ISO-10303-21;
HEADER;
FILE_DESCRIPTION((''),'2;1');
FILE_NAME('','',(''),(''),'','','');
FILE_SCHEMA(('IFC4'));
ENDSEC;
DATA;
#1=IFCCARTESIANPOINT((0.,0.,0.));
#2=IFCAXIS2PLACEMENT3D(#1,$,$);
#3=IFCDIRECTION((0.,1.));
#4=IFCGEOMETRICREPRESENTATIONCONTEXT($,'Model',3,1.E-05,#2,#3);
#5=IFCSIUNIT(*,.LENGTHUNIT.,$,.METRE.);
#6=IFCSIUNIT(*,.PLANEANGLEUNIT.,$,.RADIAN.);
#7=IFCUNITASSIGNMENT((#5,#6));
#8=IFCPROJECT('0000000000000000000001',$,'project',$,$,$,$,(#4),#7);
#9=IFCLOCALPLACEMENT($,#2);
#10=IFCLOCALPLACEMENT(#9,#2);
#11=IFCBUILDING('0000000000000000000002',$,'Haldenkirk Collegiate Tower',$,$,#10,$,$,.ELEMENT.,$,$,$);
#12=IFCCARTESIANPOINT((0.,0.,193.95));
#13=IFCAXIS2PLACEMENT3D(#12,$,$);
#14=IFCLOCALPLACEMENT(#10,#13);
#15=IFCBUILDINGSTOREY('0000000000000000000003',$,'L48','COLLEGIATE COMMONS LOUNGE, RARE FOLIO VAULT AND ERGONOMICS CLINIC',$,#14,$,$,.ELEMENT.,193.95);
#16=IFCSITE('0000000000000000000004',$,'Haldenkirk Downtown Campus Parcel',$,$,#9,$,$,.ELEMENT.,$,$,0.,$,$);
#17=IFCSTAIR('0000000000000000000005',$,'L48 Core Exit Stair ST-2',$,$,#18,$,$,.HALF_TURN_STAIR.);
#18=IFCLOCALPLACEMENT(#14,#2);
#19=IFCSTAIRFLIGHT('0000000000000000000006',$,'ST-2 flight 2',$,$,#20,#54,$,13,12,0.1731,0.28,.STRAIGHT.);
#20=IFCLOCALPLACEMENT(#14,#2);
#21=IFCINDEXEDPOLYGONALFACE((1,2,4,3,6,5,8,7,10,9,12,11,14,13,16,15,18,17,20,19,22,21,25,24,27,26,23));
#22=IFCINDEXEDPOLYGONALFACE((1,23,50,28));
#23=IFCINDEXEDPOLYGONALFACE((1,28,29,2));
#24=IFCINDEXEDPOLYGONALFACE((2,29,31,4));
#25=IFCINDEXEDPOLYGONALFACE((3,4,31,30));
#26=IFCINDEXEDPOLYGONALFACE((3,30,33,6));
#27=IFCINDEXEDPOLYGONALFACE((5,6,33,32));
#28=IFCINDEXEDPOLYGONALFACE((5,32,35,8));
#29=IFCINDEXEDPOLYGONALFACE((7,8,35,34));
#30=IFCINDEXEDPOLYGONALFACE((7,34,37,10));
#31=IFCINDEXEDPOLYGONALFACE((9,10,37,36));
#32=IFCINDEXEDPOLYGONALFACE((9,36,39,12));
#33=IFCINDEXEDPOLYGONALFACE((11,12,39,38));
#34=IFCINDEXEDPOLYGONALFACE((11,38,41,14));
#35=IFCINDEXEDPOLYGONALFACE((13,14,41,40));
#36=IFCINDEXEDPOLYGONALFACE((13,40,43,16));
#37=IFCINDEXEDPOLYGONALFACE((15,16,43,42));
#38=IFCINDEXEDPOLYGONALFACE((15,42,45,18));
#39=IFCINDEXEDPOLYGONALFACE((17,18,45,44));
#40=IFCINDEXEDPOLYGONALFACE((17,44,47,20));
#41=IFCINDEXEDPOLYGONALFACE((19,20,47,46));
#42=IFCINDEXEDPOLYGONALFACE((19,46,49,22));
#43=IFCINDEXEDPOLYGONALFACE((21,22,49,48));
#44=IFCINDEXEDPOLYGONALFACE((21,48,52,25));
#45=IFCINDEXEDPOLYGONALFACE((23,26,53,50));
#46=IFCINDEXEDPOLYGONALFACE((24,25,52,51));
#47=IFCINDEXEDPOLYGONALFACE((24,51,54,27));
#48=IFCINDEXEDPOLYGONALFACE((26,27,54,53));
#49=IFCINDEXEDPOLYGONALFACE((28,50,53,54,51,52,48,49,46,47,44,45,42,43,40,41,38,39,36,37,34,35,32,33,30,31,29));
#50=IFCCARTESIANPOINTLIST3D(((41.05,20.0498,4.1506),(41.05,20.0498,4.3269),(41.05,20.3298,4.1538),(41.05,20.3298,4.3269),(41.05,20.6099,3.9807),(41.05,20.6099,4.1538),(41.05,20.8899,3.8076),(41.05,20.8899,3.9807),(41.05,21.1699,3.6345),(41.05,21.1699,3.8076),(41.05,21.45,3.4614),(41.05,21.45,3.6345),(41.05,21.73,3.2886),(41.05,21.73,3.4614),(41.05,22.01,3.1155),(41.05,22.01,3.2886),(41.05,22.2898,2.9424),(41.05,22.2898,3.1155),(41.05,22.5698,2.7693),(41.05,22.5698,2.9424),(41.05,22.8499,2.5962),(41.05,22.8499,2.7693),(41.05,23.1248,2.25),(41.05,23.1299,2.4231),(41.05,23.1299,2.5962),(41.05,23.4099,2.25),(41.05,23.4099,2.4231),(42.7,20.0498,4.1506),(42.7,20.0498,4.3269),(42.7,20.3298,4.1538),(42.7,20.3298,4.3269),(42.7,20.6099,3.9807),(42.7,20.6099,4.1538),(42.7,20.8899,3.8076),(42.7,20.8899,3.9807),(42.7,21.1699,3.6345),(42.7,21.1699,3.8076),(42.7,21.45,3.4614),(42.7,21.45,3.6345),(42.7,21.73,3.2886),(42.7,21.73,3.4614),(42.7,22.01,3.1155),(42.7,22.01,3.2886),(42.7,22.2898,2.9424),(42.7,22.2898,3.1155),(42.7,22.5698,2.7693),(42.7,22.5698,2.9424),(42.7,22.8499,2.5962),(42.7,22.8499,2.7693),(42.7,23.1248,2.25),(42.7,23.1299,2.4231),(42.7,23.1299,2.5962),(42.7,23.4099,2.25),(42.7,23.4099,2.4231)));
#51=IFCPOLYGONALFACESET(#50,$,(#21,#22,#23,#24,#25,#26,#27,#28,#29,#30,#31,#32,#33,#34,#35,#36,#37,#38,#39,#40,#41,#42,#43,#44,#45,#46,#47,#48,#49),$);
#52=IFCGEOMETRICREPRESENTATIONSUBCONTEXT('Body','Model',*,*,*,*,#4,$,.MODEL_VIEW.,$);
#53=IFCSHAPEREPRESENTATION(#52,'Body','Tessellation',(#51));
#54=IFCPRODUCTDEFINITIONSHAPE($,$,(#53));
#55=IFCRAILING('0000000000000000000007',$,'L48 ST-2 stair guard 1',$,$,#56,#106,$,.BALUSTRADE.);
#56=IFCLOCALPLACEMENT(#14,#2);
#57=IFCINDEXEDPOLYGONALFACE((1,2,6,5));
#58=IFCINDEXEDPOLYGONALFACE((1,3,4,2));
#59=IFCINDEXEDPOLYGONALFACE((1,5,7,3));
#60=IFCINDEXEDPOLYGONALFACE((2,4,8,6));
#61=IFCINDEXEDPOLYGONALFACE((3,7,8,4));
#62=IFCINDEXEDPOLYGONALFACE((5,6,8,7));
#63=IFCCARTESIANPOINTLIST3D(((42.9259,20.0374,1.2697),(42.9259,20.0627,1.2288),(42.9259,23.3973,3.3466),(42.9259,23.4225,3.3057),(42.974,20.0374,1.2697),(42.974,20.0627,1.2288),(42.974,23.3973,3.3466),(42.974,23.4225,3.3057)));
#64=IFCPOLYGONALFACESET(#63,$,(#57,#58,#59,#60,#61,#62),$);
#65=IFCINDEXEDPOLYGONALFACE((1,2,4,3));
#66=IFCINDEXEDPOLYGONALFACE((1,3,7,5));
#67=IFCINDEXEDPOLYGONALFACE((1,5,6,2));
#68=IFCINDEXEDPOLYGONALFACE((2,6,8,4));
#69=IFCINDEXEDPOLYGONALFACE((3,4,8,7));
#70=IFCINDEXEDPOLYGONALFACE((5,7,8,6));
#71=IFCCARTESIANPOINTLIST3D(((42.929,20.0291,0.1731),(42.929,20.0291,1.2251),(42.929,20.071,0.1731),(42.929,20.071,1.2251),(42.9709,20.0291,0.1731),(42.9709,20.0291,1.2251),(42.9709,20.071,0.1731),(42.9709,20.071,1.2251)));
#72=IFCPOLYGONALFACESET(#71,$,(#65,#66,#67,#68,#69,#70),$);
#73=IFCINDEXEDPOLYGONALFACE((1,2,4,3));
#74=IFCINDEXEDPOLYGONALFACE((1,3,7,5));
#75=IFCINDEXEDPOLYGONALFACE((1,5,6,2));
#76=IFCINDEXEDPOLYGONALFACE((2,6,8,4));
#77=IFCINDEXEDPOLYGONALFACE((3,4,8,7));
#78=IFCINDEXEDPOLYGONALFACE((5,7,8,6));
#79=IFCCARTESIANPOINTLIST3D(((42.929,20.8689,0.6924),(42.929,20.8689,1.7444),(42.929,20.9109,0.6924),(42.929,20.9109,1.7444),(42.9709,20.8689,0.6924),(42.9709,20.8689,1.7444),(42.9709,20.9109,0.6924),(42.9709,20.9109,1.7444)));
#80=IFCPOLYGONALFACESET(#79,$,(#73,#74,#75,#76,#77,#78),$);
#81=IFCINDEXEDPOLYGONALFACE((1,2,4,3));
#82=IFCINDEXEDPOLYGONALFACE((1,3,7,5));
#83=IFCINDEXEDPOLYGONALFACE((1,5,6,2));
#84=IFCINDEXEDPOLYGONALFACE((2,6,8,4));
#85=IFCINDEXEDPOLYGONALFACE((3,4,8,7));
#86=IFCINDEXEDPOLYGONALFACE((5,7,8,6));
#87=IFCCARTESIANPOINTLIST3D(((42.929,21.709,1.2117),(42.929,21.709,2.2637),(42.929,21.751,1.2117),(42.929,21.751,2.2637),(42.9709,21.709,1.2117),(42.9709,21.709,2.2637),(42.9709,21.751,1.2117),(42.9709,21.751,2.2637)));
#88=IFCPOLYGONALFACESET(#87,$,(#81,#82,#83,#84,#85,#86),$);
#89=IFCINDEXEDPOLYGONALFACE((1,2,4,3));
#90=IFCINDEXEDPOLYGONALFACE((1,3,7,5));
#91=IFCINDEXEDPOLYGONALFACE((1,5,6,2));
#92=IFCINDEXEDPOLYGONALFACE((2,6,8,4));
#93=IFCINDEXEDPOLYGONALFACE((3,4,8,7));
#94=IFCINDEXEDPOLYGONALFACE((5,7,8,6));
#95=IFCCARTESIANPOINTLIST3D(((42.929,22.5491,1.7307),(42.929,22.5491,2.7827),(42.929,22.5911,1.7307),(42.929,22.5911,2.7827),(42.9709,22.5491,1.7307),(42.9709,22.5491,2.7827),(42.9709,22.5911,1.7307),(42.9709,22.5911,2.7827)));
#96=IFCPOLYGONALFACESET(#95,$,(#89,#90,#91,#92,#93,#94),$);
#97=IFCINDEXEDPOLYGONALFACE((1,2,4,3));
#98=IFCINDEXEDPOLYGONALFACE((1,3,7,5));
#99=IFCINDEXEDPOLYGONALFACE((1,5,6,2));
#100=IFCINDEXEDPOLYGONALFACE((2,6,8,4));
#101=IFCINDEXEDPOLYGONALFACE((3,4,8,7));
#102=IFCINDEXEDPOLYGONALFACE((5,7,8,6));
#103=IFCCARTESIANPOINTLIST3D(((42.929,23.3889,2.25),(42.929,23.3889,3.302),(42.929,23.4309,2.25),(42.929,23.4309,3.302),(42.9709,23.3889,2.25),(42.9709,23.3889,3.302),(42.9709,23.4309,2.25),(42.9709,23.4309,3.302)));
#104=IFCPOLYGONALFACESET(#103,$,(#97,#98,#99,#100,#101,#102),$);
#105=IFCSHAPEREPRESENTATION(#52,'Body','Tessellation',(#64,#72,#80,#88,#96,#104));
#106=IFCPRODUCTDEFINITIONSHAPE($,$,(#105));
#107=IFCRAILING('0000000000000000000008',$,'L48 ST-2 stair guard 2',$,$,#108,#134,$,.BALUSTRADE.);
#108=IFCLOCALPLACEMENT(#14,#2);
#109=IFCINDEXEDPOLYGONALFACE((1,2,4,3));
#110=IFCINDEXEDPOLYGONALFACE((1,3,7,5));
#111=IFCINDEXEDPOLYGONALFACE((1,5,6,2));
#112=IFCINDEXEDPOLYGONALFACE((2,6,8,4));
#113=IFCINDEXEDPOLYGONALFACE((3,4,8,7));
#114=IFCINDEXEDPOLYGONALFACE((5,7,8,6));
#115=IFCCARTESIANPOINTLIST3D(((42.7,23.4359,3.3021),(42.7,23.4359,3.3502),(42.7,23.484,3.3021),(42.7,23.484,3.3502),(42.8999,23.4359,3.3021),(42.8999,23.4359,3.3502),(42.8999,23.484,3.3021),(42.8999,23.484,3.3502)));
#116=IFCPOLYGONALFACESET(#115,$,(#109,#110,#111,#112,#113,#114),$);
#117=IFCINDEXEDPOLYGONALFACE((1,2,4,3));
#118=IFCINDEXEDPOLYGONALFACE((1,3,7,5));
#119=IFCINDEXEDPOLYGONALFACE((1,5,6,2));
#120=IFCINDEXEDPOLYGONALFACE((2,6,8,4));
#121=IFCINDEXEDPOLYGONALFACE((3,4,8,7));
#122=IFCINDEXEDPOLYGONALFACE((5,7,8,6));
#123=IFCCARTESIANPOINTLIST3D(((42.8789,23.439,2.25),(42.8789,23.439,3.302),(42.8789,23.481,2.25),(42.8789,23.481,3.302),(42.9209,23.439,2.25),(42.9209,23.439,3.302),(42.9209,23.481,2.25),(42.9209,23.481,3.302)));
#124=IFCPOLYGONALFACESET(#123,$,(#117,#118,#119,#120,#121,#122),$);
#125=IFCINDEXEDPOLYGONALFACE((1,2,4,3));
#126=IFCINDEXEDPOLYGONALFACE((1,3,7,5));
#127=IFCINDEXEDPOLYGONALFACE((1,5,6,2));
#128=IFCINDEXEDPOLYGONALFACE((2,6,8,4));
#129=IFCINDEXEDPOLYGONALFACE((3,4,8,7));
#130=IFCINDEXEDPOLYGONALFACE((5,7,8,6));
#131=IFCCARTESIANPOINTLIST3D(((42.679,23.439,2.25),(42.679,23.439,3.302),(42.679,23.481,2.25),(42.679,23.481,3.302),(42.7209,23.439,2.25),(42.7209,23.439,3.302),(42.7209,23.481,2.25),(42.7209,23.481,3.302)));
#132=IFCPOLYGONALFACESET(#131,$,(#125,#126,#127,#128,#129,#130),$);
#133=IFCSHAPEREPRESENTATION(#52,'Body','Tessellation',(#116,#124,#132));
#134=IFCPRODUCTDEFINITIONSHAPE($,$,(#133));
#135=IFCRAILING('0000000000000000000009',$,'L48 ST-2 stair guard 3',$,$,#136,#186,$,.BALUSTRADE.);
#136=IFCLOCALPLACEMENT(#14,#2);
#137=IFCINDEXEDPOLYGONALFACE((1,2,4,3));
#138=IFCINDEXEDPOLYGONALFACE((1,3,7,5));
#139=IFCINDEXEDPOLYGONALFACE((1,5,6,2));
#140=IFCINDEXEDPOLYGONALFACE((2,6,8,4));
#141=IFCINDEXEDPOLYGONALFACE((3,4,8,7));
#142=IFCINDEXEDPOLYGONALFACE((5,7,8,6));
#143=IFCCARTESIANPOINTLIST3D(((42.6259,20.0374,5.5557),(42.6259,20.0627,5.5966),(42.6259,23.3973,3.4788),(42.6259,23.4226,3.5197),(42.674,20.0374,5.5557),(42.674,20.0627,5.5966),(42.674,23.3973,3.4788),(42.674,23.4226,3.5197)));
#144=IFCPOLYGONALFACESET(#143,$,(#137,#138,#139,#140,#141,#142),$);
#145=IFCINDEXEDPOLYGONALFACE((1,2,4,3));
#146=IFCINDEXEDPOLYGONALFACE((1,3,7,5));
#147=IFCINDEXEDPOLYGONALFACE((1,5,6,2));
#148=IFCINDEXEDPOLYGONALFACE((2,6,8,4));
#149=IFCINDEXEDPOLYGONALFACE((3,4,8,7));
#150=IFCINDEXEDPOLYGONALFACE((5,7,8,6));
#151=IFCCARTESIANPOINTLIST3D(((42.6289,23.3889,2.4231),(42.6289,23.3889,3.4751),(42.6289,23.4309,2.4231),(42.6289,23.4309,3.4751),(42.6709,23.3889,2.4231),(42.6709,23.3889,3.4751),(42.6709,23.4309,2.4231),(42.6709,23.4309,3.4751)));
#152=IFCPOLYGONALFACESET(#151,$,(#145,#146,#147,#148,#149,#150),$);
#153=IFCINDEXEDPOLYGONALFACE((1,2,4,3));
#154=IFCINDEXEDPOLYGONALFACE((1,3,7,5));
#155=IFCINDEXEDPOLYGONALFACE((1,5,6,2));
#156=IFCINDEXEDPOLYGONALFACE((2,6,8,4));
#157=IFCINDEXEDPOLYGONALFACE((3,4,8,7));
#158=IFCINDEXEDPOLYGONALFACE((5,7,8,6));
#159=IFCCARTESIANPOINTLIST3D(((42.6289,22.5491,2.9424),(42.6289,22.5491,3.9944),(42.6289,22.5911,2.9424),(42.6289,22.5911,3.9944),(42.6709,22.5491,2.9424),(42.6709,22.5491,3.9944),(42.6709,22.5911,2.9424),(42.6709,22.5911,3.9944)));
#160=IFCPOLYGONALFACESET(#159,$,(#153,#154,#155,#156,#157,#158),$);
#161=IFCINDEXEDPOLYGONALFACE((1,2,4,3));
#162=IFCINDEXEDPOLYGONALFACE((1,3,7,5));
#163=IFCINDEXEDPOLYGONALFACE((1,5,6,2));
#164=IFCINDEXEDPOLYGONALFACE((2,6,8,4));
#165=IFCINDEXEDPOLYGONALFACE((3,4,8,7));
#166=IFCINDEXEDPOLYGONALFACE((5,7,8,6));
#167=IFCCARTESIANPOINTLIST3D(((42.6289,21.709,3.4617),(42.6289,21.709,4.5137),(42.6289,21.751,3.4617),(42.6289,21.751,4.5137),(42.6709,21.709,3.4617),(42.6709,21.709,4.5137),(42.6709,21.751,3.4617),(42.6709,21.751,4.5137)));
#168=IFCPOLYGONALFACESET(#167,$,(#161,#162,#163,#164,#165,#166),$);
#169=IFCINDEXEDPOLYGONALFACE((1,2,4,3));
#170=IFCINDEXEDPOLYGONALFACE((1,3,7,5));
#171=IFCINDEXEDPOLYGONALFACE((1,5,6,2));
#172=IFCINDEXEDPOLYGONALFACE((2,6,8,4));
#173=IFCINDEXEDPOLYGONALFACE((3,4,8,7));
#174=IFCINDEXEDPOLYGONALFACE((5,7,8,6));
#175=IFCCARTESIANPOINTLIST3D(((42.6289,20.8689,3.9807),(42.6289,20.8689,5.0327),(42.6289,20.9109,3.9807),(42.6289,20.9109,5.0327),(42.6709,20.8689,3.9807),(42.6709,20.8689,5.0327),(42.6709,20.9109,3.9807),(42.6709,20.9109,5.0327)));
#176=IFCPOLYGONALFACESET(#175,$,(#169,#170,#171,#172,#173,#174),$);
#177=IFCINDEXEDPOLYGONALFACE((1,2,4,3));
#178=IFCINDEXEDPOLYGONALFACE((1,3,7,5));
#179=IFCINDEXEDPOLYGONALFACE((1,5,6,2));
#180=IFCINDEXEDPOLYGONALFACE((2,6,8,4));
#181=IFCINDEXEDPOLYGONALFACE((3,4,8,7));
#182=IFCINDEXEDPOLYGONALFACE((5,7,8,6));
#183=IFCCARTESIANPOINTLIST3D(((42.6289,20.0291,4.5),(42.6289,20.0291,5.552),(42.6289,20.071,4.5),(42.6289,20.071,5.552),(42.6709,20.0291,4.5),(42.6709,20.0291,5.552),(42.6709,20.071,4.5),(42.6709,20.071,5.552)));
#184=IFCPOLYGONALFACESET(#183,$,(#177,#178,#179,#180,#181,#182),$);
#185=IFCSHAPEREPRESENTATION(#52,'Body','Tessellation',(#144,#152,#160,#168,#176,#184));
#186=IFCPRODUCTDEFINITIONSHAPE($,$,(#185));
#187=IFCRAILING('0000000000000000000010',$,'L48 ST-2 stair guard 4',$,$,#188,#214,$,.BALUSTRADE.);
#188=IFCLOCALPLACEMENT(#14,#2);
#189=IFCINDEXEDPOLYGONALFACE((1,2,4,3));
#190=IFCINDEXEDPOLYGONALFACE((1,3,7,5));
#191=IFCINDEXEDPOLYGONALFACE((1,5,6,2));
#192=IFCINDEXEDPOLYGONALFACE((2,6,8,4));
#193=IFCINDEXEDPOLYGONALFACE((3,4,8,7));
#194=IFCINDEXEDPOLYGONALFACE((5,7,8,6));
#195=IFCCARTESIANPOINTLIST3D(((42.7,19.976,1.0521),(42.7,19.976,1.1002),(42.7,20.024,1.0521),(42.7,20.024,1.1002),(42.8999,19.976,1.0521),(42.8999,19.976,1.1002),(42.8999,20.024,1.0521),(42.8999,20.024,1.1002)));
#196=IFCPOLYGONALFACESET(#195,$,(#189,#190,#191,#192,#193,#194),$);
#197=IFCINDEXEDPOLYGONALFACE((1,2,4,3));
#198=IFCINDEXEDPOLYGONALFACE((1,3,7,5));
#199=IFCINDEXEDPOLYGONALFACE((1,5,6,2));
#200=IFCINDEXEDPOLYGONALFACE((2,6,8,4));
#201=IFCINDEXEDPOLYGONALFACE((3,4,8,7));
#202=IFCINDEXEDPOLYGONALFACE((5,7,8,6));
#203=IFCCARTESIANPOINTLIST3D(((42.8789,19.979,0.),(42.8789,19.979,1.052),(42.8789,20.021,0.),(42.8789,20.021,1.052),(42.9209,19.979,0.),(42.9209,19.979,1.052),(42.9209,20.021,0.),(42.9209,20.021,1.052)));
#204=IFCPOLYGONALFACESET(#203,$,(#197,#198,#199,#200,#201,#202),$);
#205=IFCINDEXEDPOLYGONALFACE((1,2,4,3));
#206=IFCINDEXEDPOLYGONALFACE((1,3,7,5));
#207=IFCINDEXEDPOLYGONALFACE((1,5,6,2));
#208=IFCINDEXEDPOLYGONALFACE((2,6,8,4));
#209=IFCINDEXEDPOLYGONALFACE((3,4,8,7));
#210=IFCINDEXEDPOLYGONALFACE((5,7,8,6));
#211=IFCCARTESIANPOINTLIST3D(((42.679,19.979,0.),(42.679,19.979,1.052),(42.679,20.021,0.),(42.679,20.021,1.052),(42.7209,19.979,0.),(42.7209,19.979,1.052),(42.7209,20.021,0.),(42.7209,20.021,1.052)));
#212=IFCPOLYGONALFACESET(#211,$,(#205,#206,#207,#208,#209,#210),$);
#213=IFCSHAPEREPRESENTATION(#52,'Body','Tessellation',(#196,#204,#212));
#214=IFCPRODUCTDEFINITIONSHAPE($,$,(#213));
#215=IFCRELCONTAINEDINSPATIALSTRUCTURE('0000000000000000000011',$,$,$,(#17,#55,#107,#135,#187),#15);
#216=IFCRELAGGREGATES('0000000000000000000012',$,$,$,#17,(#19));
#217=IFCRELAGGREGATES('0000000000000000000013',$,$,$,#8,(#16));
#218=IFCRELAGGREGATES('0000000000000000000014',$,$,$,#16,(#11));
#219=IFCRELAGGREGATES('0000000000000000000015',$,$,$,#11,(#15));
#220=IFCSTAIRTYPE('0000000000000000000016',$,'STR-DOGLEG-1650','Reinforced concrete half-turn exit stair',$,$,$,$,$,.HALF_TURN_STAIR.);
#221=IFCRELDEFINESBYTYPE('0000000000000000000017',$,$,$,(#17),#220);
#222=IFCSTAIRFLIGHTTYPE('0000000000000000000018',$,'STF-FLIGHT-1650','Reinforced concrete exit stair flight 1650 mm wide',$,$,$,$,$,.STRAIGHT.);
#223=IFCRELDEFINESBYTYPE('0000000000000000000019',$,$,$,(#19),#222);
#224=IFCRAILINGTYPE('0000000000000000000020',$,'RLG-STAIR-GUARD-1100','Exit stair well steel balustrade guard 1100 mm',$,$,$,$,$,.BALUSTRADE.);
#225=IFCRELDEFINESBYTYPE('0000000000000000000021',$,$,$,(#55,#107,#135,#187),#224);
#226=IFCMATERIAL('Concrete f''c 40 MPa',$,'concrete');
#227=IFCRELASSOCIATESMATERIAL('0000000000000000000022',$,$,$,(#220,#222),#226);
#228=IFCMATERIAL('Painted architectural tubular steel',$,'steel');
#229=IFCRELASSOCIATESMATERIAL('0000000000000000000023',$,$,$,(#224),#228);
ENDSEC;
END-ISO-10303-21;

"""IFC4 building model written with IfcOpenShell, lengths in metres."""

from ifc_helpers import new_model, si_unit, direction, frame, origin, origin_2d, place, context, subcontext, project, spatial, polyline, rectangle, outline, extrude, material, type_object, element, aggregate, save


model = new_model("IFC4")

# Units and contexts
model_context = context("Model", 3, precision=1e-05, world=origin(), true_north=direction((0.0, 1.0)))
body_context = subcontext(model_context, "Body", "Model", "MODEL_VIEW")
ifc_project = project(units=[si_unit("LENGTHUNIT", "METRE"), si_unit("PLANEANGLEUNIT", "RADIAN")], contexts=[model_context])

# Site, building, storey
site_placement = place(None, origin())
site = spatial("IfcSite", under=ifc_project, at=site_placement, Name="Haldenkirk Downtown Campus Parcel", CompositionType="ELEMENT", RefElevation=0.0)
building_placement = place(site_placement, origin())
building = spatial("IfcBuilding", under=site, at=building_placement, Name="Haldenkirk Collegiate Tower", CompositionType="ELEMENT")
storey_placement = place(building_placement, frame((0.0, 0.0, 193.95)))
storey = spatial("IfcBuildingStorey", under=building, at=storey_placement, Name="L48", Description="COLLEGIATE COMMONS LOUNGE, RARE FOLIO VAULT AND ERGONOMICS CLINIC", CompositionType="ELEMENT", Elevation=193.95)

# Stair, stair flight
ifc_material_1 = material(Name="Concrete f'c 40 MPa", Category="concrete")
stair_type = type_object("IfcStairType", Name="STR-DOGLEG-1650", Description="Reinforced concrete half-turn exit stair", PredefinedType="HALF_TURN_STAIR", material=ifc_material_1)
stair_placement = place(storey_placement, origin())
stair = element("IfcStair", 1, at=stair_placement, inside=storey, type_object=stair_type, Name="L48 Core Exit Stair ST-2", PredefinedType="HALF_TURN_STAIR")
stair_flight_type = type_object("IfcStairFlightType", Name="STF-FLIGHT-1650", Description="Reinforced concrete exit stair flight 1650 mm wide", PredefinedType="STRAIGHT", material=ifc_material_1)
stair_flight_1_placement = place(storey_placement, frame((41.875, 23.4099, 2.25), z_axis=(0.0, 0.0, 1.0), x_axis=(0.0, -1.0, 0.0)))
stair_flight_1 = element("IfcStairFlight", 2, at=stair_flight_1_placement, type_object=stair_flight_type, Name="ST-2 flight 2", NumberOfRisers=13, NumberOfTreads=12, PredefinedType="STRAIGHT", RiserHeight=0.1731, TreadLength=0.28, context=body_context, shape_type="SweptSolid", body=[
    extrude(outline(polyline([(0.0, 0.0), (0.0, 0.1731), (0.28, 0.1731), (0.28, 0.3462), (0.5601, 0.3462), (0.5601, 0.5193), (0.8401, 0.5193), (0.8401, 0.6924), (1.1201, 0.6924), (1.1201, 0.8655), (1.3999, 0.8655), (1.3999, 1.0386), (1.6799, 1.0386), (1.6799, 1.2114), (1.96, 1.2114), (1.96, 1.3845), (2.24, 1.3845), (2.24, 1.5576), (2.52, 1.5576), (2.52, 1.7307), (2.8, 1.7307), (2.8, 1.9038), (3.0801, 1.9038), (3.0801, 2.0769), (3.3601, 2.0769), (3.3601, 2.25), (3.3601, 1.9006), (0.2852, 0.0), (0.0, 0.0)])), frame((0.0, 0.825, 0.0), z_axis=(0.0, -1.0, 0.0), x_axis=(1.0, 0.0, 0.0)), (0.0, 0.0, 1.0), 1.6499),
])
aggregate(stair, [stair_flight_1])

# Railings
ifc_material_2 = material(Name="Painted architectural tubular steel", Category="steel")
railing_type_1 = type_object("IfcRailingType", Name="RLG-STAIR-GUARD-1100", Description="Exit stair well steel balustrade guard 1100 mm", PredefinedType="BALUSTRADE", material=ifc_material_2)
railing_1_placement = place(storey_placement, frame((42.95, 20.05, 0.1731)))
element("IfcRailing", 3, at=railing_1_placement, inside=storey, type_object=railing_type_1, Name="L48 ST-2 stair guard 1", PredefinedType="BALUSTRADE", context=body_context, shape_type="SweptSolid", body=[
    extrude(rectangle(XDim=0.0481, YDim=0.0481, at=origin_2d()), frame((0.0, 0.0, 1.0762), z_axis=(0.0, 0.850606, 0.525803), x_axis=(-1.0, 0.0, 0.0)), (0.0, 0.0, 1.0), 3.95),
    extrude(rectangle(XDim=0.042, YDim=0.042, at=origin_2d()), origin(), (0.0, 0.0, 1.0), 1.052),
    extrude(rectangle(XDim=0.042, YDim=0.042, at=origin_2d()), frame((0.0, 0.8398, 0.5193)), (0.0, 0.0, 1.0), 1.052),
    extrude(rectangle(XDim=0.042, YDim=0.042, at=origin_2d()), frame((0.0, 1.6799, 1.0386)), (0.0, 0.0, 1.0), 1.052),
    extrude(rectangle(XDim=0.042, YDim=0.042, at=origin_2d()), frame((0.0, 2.52, 1.5576)), (0.0, 0.0, 1.0), 1.052),
    extrude(rectangle(XDim=0.042, YDim=0.042, at=origin_2d()), frame((0.0, 3.3599, 2.0769)), (0.0, 0.0, 1.0), 1.052),
])
railing_2_placement = place(storey_placement, frame((42.8999, 23.46, 2.25)))
element("IfcRailing", 4, at=railing_2_placement, inside=storey, type_object=railing_type_1, Name="L48 ST-2 stair guard 2", PredefinedType="BALUSTRADE", context=body_context, shape_type="SweptSolid", body=[
    extrude(rectangle(XDim=0.0481, YDim=0.0481, at=origin_2d()), frame((0.0, 0.0, 1.0762), z_axis=(-1.0, 0.0, 0.0), x_axis=(0.0, -1.0, 0.0)), (0.0, 0.0, 1.0), 0.2),
    extrude(rectangle(XDim=0.042, YDim=0.042, at=origin_2d()), origin(), (0.0, 0.0, 1.0), 1.052),
    extrude(rectangle(XDim=0.042, YDim=0.042, at=origin_2d()), frame((-0.2, 0.0, 0.0)), (0.0, 0.0, 1.0), 1.052),
])
railing_3_placement = place(storey_placement, frame((42.6499, 23.4099, 2.4231)))
element("IfcRailing", 5, at=railing_3_placement, inside=storey, type_object=railing_type_1, Name="L48 ST-2 stair guard 3", PredefinedType="BALUSTRADE", context=body_context, shape_type="SweptSolid", body=[
    extrude(rectangle(XDim=0.0481, YDim=0.0481, at=origin_2d()), frame((0.0, 0.0, 1.0762), z_axis=(0.0, -0.850606, 0.525803), x_axis=(1.0, 0.0, 0.0)), (0.0, 0.0, 1.0), 3.95),
    extrude(rectangle(XDim=0.042, YDim=0.042, at=origin_2d()), origin(), (0.0, 0.0, 1.0), 1.052),
    extrude(rectangle(XDim=0.042, YDim=0.042, at=origin_2d()), frame((0.0, -0.8398, 0.5193)), (0.0, 0.0, 1.0), 1.052),
    extrude(rectangle(XDim=0.042, YDim=0.042, at=origin_2d()), frame((0.0, -1.6799, 1.0386)), (0.0, 0.0, 1.0), 1.052),
    extrude(rectangle(XDim=0.042, YDim=0.042, at=origin_2d()), frame((0.0, -2.52, 1.5576)), (0.0, 0.0, 1.0), 1.052),
    extrude(rectangle(XDim=0.042, YDim=0.042, at=origin_2d()), frame((0.0, -3.3599, 2.0769)), (0.0, 0.0, 1.0), 1.052),
])
railing_4_placement = place(storey_placement, frame((42.8999, 20.0, 0.0)))
element("IfcRailing", 6, at=railing_4_placement, inside=storey, type_object=railing_type_1, Name="L48 ST-2 stair guard 4", PredefinedType="BALUSTRADE", context=body_context, shape_type="SweptSolid", body=[
    extrude(rectangle(XDim=0.0481, YDim=0.0481, at=origin_2d()), frame((0.0, 0.0, 1.0762), z_axis=(-1.0, 0.0, 0.0), x_axis=(0.0, -1.0, 0.0)), (0.0, 0.0, 1.0), 0.2),
    extrude(rectangle(XDim=0.042, YDim=0.042, at=origin_2d()), origin(), (0.0, 0.0, 1.0), 1.052),
    extrude(rectangle(XDim=0.042, YDim=0.042, at=origin_2d()), frame((-0.2, 0.0, 0.0)), (0.0, 0.0, 1.0), 1.052),
])

save(model, "model.ifc")
